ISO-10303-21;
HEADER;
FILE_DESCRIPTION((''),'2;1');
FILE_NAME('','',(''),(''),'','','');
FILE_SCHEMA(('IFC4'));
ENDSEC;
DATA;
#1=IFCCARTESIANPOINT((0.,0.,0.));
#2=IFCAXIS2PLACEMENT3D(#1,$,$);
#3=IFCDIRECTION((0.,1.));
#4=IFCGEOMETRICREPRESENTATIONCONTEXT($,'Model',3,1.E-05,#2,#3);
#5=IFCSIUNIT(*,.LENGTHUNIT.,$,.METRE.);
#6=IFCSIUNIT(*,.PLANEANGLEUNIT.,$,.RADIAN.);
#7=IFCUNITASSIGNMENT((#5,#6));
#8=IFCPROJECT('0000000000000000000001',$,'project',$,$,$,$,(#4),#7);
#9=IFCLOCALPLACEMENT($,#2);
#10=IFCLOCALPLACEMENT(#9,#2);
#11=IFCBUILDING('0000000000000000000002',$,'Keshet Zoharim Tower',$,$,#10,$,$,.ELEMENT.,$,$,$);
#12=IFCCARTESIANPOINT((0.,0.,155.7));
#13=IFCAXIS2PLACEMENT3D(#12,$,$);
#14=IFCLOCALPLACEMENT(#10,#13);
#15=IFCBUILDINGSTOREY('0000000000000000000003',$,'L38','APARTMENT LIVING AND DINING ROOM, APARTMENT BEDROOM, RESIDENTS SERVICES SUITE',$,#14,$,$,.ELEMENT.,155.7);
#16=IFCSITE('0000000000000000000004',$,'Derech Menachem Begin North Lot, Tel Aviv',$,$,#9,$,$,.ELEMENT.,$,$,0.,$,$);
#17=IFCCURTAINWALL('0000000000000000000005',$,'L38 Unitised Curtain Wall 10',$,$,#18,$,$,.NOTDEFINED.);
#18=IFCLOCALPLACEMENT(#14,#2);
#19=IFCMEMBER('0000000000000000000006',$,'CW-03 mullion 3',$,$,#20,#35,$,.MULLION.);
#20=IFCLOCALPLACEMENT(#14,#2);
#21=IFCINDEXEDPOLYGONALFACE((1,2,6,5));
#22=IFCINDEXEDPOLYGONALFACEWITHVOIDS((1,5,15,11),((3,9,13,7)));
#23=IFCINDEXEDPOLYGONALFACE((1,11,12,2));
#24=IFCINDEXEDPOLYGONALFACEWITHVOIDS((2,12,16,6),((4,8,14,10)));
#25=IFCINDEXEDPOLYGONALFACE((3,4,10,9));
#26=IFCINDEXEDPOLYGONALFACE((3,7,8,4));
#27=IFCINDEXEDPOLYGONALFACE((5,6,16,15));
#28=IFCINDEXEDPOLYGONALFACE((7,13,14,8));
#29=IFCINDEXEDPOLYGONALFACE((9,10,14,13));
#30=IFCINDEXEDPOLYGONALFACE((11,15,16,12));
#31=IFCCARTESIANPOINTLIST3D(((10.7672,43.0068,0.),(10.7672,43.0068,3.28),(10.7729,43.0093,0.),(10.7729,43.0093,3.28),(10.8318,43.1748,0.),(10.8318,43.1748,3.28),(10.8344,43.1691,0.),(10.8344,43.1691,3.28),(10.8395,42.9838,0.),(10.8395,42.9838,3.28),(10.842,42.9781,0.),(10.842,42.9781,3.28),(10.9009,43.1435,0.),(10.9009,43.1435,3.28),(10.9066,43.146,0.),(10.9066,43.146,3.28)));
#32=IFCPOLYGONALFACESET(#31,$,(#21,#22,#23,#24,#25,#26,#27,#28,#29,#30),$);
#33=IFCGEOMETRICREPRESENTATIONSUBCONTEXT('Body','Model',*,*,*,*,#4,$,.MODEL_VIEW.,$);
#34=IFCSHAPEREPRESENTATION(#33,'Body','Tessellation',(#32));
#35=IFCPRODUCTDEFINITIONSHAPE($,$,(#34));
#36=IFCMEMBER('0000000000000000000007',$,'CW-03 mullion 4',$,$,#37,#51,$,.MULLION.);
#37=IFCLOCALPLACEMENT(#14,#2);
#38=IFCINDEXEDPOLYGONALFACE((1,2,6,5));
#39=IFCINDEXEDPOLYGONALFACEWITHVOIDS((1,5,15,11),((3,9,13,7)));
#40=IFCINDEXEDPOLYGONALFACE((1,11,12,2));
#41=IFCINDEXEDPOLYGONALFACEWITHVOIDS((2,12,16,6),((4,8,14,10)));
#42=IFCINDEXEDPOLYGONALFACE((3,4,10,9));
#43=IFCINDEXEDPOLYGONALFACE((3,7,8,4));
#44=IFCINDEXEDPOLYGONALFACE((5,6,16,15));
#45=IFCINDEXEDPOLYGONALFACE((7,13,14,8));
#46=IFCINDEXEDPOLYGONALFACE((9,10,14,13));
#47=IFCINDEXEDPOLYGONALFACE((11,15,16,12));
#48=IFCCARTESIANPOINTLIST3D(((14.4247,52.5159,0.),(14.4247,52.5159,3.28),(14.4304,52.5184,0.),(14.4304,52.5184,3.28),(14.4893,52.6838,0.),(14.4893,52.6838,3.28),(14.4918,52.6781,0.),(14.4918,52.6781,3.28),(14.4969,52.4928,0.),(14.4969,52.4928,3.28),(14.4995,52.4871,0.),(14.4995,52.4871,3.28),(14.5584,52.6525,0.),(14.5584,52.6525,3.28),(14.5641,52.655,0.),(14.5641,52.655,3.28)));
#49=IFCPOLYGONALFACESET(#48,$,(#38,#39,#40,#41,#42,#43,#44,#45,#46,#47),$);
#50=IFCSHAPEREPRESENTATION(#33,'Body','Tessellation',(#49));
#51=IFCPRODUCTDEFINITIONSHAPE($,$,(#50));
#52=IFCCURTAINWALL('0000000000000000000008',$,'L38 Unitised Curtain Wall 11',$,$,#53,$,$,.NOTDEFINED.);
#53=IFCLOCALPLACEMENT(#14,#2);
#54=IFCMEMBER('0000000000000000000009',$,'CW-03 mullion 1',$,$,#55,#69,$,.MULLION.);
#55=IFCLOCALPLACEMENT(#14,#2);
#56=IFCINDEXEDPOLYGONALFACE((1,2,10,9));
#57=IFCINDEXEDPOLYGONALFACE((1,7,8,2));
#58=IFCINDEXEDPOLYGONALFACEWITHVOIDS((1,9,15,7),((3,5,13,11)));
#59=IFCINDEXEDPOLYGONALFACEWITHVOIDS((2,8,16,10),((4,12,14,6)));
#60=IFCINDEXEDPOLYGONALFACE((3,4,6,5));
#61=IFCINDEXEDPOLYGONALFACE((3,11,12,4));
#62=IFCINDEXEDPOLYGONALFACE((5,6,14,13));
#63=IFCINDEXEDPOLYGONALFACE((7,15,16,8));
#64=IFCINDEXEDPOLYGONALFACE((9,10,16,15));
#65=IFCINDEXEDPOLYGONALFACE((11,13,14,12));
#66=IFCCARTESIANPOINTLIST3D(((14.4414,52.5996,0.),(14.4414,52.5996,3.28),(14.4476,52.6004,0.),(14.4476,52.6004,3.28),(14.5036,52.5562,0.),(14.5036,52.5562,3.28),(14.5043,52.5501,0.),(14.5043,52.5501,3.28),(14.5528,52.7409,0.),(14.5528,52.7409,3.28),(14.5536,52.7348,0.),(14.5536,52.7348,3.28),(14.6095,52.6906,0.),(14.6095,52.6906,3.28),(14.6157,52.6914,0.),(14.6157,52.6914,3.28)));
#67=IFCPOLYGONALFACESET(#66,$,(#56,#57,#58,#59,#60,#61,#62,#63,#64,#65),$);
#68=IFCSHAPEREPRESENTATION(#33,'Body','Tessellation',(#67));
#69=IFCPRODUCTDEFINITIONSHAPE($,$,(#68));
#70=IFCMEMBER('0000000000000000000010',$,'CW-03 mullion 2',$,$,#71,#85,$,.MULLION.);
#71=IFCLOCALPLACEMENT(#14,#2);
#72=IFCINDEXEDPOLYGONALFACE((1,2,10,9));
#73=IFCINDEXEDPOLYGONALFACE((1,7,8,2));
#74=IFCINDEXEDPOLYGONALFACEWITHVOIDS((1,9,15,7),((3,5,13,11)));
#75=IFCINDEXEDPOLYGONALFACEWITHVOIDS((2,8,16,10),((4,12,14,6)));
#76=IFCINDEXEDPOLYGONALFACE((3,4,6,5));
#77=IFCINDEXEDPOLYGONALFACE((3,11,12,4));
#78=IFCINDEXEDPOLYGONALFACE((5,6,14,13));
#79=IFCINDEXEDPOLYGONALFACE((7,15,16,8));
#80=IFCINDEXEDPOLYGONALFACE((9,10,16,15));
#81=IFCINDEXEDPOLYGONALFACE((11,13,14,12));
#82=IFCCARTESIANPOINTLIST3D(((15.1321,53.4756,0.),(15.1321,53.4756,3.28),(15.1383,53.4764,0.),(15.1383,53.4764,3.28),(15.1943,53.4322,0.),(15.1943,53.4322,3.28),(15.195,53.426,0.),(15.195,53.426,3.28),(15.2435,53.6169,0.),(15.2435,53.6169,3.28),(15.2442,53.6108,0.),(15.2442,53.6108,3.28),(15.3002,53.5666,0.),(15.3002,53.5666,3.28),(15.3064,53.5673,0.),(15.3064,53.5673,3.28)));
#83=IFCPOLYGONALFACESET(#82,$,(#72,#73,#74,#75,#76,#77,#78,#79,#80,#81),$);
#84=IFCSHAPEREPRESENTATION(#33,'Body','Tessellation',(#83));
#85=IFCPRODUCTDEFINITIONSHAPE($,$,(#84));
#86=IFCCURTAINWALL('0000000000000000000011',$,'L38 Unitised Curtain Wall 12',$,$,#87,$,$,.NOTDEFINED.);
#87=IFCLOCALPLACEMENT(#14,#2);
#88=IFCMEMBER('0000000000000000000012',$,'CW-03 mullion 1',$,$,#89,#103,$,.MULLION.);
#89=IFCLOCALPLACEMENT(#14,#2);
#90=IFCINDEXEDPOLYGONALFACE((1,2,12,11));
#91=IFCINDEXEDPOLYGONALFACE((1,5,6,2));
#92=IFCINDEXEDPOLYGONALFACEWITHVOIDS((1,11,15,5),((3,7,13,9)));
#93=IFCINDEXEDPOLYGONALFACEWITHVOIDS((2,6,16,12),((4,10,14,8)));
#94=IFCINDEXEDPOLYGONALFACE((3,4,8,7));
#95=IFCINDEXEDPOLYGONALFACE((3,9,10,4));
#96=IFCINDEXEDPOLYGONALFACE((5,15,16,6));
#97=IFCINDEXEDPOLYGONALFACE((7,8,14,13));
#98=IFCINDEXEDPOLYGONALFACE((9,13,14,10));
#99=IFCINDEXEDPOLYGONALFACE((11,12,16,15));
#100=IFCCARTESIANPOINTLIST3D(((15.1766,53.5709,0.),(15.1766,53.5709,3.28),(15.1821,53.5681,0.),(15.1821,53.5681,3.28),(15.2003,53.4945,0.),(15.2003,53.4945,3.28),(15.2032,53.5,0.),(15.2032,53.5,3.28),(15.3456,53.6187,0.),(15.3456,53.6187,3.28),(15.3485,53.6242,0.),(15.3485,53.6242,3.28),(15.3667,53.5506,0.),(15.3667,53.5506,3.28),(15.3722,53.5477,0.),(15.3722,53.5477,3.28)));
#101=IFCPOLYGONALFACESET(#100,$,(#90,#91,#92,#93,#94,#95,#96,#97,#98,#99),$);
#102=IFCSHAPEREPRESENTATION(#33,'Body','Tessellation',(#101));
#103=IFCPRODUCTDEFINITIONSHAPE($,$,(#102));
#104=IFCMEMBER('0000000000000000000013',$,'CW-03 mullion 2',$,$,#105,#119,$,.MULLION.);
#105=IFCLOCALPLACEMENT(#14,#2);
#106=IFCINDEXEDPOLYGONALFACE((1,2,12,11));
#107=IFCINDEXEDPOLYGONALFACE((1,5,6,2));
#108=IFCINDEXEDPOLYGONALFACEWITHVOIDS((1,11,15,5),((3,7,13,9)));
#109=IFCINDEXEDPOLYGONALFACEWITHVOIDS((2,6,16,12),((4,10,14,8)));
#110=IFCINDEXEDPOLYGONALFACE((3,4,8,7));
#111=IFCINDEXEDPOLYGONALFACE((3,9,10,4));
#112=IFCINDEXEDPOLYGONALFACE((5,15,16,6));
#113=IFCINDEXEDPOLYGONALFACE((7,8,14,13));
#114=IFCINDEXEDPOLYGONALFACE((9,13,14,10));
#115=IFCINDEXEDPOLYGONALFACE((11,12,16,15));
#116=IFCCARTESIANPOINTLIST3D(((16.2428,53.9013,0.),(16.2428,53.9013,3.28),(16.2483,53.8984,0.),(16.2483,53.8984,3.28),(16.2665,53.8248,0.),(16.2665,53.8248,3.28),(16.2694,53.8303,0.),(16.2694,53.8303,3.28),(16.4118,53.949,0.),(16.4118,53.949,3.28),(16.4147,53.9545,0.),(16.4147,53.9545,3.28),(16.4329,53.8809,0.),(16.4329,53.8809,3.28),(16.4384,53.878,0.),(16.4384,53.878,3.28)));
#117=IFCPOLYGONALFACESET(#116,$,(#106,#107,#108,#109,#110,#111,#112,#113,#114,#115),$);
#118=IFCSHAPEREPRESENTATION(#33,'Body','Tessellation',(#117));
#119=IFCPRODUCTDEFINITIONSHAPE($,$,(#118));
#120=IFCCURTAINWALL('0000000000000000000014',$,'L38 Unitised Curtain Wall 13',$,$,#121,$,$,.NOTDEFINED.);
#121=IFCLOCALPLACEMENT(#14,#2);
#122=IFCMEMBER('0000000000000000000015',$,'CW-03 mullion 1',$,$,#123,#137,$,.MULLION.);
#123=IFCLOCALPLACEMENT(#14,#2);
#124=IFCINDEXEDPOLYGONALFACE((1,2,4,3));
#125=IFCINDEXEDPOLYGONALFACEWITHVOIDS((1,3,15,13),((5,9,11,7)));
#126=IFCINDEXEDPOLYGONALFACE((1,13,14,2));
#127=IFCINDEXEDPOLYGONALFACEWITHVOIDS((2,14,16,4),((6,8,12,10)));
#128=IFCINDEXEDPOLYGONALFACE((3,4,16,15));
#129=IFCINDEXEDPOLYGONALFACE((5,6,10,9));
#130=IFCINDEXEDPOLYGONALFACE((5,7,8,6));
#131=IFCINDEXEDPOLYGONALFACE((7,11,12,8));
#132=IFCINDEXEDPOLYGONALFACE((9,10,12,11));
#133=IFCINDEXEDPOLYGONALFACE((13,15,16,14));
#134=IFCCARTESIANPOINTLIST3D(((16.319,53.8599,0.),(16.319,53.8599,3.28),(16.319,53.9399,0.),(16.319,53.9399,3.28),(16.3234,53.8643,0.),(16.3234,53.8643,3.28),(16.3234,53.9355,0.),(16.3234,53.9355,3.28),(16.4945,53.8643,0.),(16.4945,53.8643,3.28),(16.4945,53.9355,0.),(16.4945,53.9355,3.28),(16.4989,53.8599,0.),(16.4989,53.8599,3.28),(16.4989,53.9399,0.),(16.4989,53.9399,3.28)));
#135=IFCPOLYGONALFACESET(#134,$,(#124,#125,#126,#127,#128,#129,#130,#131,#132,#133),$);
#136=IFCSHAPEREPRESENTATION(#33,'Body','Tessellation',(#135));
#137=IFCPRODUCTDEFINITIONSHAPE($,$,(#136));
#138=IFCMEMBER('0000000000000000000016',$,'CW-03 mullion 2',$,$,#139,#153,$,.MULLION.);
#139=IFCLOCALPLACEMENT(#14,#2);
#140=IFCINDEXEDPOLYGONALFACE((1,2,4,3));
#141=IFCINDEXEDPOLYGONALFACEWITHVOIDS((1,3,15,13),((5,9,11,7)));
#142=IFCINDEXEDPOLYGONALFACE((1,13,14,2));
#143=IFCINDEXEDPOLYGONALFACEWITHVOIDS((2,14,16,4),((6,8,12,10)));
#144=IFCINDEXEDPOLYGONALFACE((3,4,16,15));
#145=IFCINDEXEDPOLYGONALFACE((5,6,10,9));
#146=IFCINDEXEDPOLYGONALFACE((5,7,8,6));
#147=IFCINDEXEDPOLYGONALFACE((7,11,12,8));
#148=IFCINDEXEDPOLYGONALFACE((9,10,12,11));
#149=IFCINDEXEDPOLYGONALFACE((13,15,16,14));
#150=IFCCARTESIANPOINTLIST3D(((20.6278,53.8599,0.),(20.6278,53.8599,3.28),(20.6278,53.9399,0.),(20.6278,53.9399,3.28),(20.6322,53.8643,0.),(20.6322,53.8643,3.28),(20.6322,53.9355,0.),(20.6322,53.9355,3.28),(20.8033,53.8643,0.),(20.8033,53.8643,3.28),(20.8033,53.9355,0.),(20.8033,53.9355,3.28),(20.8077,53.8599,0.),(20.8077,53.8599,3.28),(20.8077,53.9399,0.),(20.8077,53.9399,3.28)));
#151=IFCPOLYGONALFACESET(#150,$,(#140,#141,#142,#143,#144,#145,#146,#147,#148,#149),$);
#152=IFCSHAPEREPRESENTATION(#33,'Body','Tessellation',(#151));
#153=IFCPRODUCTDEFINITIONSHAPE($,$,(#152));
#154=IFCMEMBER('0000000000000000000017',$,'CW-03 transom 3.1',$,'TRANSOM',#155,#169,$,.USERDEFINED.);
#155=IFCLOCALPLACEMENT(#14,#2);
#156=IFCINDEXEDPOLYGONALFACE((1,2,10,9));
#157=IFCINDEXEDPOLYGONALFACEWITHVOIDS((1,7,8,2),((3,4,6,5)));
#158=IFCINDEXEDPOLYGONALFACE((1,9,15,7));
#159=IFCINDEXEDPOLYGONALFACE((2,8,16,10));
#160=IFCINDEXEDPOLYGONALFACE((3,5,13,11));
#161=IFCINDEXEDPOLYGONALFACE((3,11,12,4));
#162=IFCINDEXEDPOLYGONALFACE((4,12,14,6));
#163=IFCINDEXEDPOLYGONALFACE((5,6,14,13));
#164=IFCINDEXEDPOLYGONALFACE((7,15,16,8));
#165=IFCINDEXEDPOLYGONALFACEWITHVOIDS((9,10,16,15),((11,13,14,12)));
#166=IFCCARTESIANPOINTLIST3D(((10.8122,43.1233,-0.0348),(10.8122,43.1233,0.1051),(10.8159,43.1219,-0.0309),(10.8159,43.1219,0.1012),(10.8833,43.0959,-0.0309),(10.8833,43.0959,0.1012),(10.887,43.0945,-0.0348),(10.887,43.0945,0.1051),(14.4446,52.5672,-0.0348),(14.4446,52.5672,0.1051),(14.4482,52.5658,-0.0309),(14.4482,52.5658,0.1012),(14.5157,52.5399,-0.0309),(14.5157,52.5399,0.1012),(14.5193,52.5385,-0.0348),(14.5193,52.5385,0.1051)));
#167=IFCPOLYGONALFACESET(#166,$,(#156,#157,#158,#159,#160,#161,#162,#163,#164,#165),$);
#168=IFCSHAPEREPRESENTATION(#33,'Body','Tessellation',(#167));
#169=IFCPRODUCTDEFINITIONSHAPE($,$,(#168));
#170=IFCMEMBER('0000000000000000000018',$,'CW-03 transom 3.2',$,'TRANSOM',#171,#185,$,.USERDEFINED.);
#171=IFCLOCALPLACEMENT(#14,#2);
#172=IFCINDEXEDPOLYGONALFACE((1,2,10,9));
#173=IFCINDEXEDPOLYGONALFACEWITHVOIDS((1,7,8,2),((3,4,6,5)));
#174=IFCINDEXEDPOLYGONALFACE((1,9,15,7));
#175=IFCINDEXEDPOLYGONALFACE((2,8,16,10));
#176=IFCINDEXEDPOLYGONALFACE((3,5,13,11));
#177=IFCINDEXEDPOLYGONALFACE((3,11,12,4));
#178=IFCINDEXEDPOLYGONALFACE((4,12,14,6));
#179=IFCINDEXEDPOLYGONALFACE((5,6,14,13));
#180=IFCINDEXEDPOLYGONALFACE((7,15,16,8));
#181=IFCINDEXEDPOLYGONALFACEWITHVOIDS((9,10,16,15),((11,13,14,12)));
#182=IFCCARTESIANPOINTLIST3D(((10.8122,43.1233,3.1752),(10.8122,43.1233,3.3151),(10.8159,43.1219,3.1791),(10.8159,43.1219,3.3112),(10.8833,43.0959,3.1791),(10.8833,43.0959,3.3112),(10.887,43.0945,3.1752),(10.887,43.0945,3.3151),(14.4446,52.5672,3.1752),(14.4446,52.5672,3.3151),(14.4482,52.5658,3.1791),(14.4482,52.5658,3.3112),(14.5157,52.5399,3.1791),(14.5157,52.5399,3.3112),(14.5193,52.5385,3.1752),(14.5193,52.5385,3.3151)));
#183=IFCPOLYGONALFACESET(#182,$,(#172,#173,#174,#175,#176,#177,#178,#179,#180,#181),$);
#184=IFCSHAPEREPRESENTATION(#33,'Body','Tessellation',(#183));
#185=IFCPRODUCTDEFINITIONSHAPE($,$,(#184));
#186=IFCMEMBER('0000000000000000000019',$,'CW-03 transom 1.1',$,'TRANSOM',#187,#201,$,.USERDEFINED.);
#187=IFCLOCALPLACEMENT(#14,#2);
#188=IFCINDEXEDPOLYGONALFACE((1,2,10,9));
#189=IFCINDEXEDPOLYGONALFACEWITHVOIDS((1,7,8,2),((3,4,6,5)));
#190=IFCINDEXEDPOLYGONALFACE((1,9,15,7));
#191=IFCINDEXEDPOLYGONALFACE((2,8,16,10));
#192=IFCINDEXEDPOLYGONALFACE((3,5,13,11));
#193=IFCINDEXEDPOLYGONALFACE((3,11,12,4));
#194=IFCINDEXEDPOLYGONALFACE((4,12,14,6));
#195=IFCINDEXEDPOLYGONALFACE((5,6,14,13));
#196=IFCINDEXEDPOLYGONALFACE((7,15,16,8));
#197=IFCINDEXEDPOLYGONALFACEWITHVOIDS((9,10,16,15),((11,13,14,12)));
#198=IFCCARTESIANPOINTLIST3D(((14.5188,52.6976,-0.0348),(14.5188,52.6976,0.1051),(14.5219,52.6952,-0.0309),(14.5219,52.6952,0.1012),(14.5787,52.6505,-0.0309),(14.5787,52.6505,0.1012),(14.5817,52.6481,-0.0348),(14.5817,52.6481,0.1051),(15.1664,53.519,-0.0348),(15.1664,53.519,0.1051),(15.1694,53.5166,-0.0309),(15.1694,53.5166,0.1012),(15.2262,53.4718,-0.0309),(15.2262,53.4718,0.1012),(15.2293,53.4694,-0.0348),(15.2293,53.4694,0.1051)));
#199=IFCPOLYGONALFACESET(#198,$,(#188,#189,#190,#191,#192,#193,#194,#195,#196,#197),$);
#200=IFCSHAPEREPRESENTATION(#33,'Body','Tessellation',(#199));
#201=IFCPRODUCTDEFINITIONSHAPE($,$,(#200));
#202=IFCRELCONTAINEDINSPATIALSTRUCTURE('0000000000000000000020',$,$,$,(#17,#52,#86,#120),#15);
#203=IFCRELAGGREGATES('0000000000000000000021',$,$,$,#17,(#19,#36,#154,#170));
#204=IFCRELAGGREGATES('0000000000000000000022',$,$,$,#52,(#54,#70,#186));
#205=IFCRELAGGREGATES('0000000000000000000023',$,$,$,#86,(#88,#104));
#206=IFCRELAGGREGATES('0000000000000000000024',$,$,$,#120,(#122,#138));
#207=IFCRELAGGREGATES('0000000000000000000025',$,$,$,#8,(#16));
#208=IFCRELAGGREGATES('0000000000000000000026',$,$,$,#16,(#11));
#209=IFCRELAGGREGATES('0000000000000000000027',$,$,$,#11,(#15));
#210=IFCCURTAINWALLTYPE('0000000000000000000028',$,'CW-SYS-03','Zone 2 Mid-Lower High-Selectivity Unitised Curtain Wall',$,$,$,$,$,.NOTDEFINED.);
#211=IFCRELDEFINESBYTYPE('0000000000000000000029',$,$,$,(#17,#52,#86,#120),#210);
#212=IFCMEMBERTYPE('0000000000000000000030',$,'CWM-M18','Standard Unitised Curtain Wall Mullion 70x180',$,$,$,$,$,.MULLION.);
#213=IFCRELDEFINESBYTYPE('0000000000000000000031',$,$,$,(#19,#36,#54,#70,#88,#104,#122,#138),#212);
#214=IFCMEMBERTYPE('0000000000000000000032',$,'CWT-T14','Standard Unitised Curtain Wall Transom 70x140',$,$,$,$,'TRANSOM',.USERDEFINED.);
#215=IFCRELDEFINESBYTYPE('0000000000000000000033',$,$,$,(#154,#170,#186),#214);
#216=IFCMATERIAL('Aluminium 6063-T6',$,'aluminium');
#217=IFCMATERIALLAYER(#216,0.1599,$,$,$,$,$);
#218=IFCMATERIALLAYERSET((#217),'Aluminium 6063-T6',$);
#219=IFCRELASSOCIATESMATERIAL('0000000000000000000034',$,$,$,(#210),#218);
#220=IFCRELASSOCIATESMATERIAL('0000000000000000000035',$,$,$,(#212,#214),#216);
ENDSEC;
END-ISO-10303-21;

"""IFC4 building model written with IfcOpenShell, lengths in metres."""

from ifc_helpers import new_model, si_unit, direction, frame, origin, origin_2d, place, context, subcontext, project, spatial, hollow_rectangle, extrude, material, layer, layer_set, material_profile, profile_set, type_object, element, aggregate, save


model = new_model("IFC4")

# Units and contexts
model_context = context("Model", 3, precision=1e-05, world=origin(), true_north=direction((0.0, 1.0)))
body_context = subcontext(model_context, "Body", "Model", "MODEL_VIEW")
ifc_project = project(units=[si_unit("LENGTHUNIT", "METRE"), si_unit("PLANEANGLEUNIT", "RADIAN")], contexts=[model_context])

# Site, building, storey
site_placement = place(None, origin())
site = spatial("IfcSite", under=ifc_project, at=site_placement, Name="Derech Menachem Begin North Lot, Tel Aviv", CompositionType="ELEMENT", RefElevation=0.0)
building_placement = place(site_placement, origin())
building = spatial("IfcBuilding", under=site, at=building_placement, Name="Keshet Zoharim Tower", CompositionType="ELEMENT")
storey_placement = place(building_placement, frame((0.0, 0.0, 155.7)))
storey = spatial("IfcBuildingStorey", under=building, at=storey_placement, Name="L38", Description="APARTMENT LIVING AND DINING ROOM, APARTMENT BEDROOM, RESIDENTS SERVICES SUITE", CompositionType="ELEMENT", Elevation=155.7)

# Curtain walls, members
ifc_material_1 = material(Name="Aluminium 6063-T6", Category="aluminium")
ifc_layer_1 = layer(ifc_material_1, 0.1599)
ifc_layer_set_1 = layer_set([ifc_layer_1], Name="Aluminium 6063-T6")
curtain_wall_type = type_object("IfcCurtainWallType", Name="CW-SYS-03", Description="Zone 2 Mid-Lower High-Selectivity Unitised Curtain Wall", PredefinedType="NOTDEFINED", material=ifc_layer_set_1)
curtain_wall_1_placement = place(storey_placement, origin())
curtain_wall_1 = element("IfcCurtainWall", 1, at=curtain_wall_1_placement, inside=storey, type_object=curtain_wall_type, Name="L38 Unitised Curtain Wall 10", PredefinedType="NOTDEFINED")
ifc_material_profile_1 = material_profile(ifc_material_1, hollow_rectangle(XDim=0.0801, YDim=0.1799, WallThickness=0.0044, at=origin_2d()), Name="MUL-80x180")
ifc_profile_set_1 = profile_set([ifc_material_profile_1], Name="Aluminium 6063-T6")
member_type_1 = type_object("IfcMemberType", Name="CWM-M18", Description="Standard Unitised Curtain Wall Mullion 70x180", PredefinedType="MULLION", material=ifc_profile_set_1)
member_1_placement = place(storey_placement, frame((10.8369, 43.0764, 0.0), z_axis=(0.0, 0.0, 1.0), x_axis=(-0.933341, 0.35899, 0.0)))
member_1 = element("IfcMember", 2, at=member_1_placement, type_object=member_type_1, Name="CW-03 mullion 3", PredefinedType="MULLION", context=body_context, shape_type="SweptSolid", body=[
    extrude(hollow_rectangle(XDim=0.0801, YDim=0.1799, WallThickness=0.0044, at=origin_2d()), origin(), (0.0, 0.0, 1.0), 3.28),
])
member_2_placement = place(storey_placement, frame((14.4944, 52.5854, 0.0), z_axis=(0.0, 0.0, 1.0), x_axis=(-0.933341, 0.35899, 0.0)))
member_2 = element("IfcMember", 3, at=member_2_placement, type_object=member_type_1, Name="CW-03 mullion 4", PredefinedType="MULLION", context=body_context, shape_type="SweptSolid", body=[
    extrude(hollow_rectangle(XDim=0.0801, YDim=0.1799, WallThickness=0.0044, at=origin_2d()), origin(), (0.0, 0.0, 1.0), 3.28),
])
curtain_wall_2_placement = place(storey_placement, origin())
curtain_wall_2 = element("IfcCurtainWall", 4, at=curtain_wall_2_placement, inside=storey, type_object=curtain_wall_type, Name="L38 Unitised Curtain Wall 11", PredefinedType="NOTDEFINED")
member_3_placement = place(storey_placement, frame((14.5286, 52.6455, 0.0), z_axis=(0.0, 0.0, 1.0), x_axis=(-0.785293, 0.619125, 0.0)))
member_3 = element("IfcMember", 5, at=member_3_placement, type_object=member_type_1, Name="CW-03 mullion 1", PredefinedType="MULLION", context=body_context, shape_type="SweptSolid", body=[
    extrude(hollow_rectangle(XDim=0.0801, YDim=0.1799, WallThickness=0.0044, at=origin_2d()), origin(), (0.0, 0.0, 1.0), 3.28),
])
member_4_placement = place(storey_placement, frame((15.2192, 53.5215, 0.0), z_axis=(0.0, 0.0, 1.0), x_axis=(-0.785293, 0.619125, 0.0)))
member_4 = element("IfcMember", 6, at=member_4_placement, type_object=member_type_1, Name="CW-03 mullion 2", PredefinedType="MULLION", context=body_context, shape_type="SweptSolid", body=[
    extrude(hollow_rectangle(XDim=0.0801, YDim=0.1799, WallThickness=0.0044, at=origin_2d()), origin(), (0.0, 0.0, 1.0), 3.28),
])
curtain_wall_3_placement = place(storey_placement, origin())
curtain_wall_3 = element("IfcCurtainWall", 7, at=curtain_wall_3_placement, inside=storey, type_object=curtain_wall_type, Name="L38 Unitised Curtain Wall 12", PredefinedType="NOTDEFINED")
member_5_placement = place(storey_placement, frame((15.2744, 53.5593, 0.0), z_axis=(0.0, 0.0, 1.0), x_axis=(-0.295922, 0.955212, 0.0)))
member_5 = element("IfcMember", 8, at=member_5_placement, type_object=member_type_1, Name="CW-03 mullion 1", PredefinedType="MULLION", context=body_context, shape_type="SweptSolid", body=[
    extrude(hollow_rectangle(XDim=0.0801, YDim=0.1799, WallThickness=0.0044, at=origin_2d()), origin(), (0.0, 0.0, 1.0), 3.28),
])
member_6_placement = place(storey_placement, frame((16.3406, 53.8896, 0.0), z_axis=(0.0, 0.0, 1.0), x_axis=(-0.295922, 0.955212, 0.0)))
member_6 = element("IfcMember", 9, at=member_6_placement, type_object=member_type_1, Name="CW-03 mullion 2", PredefinedType="MULLION", context=body_context, shape_type="SweptSolid", body=[
    extrude(hollow_rectangle(XDim=0.0801, YDim=0.1799, WallThickness=0.0044, at=origin_2d()), origin(), (0.0, 0.0, 1.0), 3.28),
])
curtain_wall_4_placement = place(storey_placement, origin())
curtain_wall_4 = element("IfcCurtainWall", 10, at=curtain_wall_4_placement, inside=storey, type_object=curtain_wall_type, Name="L38 Unitised Curtain Wall 13", PredefinedType="NOTDEFINED")
member_7_placement = place(storey_placement, frame((16.4089, 53.8999, 0.0), z_axis=(0.0, 0.0, 1.0), x_axis=(0.0, 1.0, 0.0)))
member_7 = element("IfcMember", 11, at=member_7_placement, type_object=member_type_1, Name="CW-03 mullion 1", PredefinedType="MULLION", context=body_context, shape_type="SweptSolid", body=[
    extrude(hollow_rectangle(XDim=0.0801, YDim=0.1799, WallThickness=0.0044, at=origin_2d()), origin(), (0.0, 0.0, 1.0), 3.28),
])
member_8_placement = place(storey_placement, frame((20.7178, 53.8999, 0.0), z_axis=(0.0, 0.0, 1.0), x_axis=(0.0, 1.0, 0.0)))
member_8 = element("IfcMember", 12, at=member_8_placement, type_object=member_type_1, Name="CW-03 mullion 2", PredefinedType="MULLION", context=body_context, shape_type="SweptSolid", body=[
    extrude(hollow_rectangle(XDim=0.0801, YDim=0.1799, WallThickness=0.0044, at=origin_2d()), origin(), (0.0, 0.0, 1.0), 3.28),
])

# Members
ifc_material_profile_2 = material_profile(ifc_material_1, hollow_rectangle(XDim=0.0801, YDim=0.1399, WallThickness=0.0039, at=origin_2d()), Name="TRN-80x140")
ifc_profile_set_2 = profile_set([ifc_material_profile_2], Name="Aluminium 6063-T6")
member_type_2 = type_object("IfcMemberType", Name="CWT-T14", Description="Standard Unitised Curtain Wall Transom 70x140", ElementType="TRANSOM", PredefinedType="USERDEFINED", material=ifc_profile_set_2)
member_9_placement = place(storey_placement, frame((10.8496, 43.1089, 0.0352), z_axis=(0.358986, 0.933343, 0.0), x_axis=(-0.933343, 0.358986, 0.0)))
member_9 = element("IfcMember", 13, at=member_9_placement, type_object=member_type_2, Name="CW-03 transom 3.1", ObjectType="TRANSOM", PredefinedType="USERDEFINED", context=body_context, shape_type="SweptSolid", body=[
    extrude(hollow_rectangle(XDim=0.0801, YDim=0.1399, WallThickness=0.0039, at=origin_2d()), origin(), (0.0, 0.0, 1.0), 10.1184),
])
member_10_placement = place(storey_placement, frame((10.8496, 43.1089, 3.2451), z_axis=(0.358986, 0.933343, 0.0), x_axis=(-0.933343, 0.358986, 0.0)))
member_10 = element("IfcMember", 14, at=member_10_placement, type_object=member_type_2, Name="CW-03 transom 3.2", ObjectType="TRANSOM", PredefinedType="USERDEFINED", context=body_context, shape_type="SweptSolid", body=[
    extrude(hollow_rectangle(XDim=0.0801, YDim=0.1399, WallThickness=0.0039, at=origin_2d()), origin(), (0.0, 0.0, 1.0), 10.1184),
])
member_11_placement = place(storey_placement, frame((14.5503, 52.6729, 0.0352), z_axis=(0.619099, 0.785313, 0.0), x_axis=(-0.785313, 0.619099, 0.0)))
member_11 = element("IfcMember", 15, at=member_11_placement, type_object=member_type_2, Name="CW-03 transom 1.1", ObjectType="TRANSOM", PredefinedType="USERDEFINED", context=body_context, shape_type="SweptSolid", body=[
    extrude(hollow_rectangle(XDim=0.0801, YDim=0.1399, WallThickness=0.0039, at=origin_2d()), origin(), (0.0, 0.0, 1.0), 1.0459),
])

aggregate(curtain_wall_1, [member_1, member_2, member_9, member_10])
aggregate(curtain_wall_2, [member_3, member_4, member_11])
aggregate(curtain_wall_3, [member_5, member_6])
aggregate(curtain_wall_4, [member_7, member_8])

save(model, "model.ifc")
